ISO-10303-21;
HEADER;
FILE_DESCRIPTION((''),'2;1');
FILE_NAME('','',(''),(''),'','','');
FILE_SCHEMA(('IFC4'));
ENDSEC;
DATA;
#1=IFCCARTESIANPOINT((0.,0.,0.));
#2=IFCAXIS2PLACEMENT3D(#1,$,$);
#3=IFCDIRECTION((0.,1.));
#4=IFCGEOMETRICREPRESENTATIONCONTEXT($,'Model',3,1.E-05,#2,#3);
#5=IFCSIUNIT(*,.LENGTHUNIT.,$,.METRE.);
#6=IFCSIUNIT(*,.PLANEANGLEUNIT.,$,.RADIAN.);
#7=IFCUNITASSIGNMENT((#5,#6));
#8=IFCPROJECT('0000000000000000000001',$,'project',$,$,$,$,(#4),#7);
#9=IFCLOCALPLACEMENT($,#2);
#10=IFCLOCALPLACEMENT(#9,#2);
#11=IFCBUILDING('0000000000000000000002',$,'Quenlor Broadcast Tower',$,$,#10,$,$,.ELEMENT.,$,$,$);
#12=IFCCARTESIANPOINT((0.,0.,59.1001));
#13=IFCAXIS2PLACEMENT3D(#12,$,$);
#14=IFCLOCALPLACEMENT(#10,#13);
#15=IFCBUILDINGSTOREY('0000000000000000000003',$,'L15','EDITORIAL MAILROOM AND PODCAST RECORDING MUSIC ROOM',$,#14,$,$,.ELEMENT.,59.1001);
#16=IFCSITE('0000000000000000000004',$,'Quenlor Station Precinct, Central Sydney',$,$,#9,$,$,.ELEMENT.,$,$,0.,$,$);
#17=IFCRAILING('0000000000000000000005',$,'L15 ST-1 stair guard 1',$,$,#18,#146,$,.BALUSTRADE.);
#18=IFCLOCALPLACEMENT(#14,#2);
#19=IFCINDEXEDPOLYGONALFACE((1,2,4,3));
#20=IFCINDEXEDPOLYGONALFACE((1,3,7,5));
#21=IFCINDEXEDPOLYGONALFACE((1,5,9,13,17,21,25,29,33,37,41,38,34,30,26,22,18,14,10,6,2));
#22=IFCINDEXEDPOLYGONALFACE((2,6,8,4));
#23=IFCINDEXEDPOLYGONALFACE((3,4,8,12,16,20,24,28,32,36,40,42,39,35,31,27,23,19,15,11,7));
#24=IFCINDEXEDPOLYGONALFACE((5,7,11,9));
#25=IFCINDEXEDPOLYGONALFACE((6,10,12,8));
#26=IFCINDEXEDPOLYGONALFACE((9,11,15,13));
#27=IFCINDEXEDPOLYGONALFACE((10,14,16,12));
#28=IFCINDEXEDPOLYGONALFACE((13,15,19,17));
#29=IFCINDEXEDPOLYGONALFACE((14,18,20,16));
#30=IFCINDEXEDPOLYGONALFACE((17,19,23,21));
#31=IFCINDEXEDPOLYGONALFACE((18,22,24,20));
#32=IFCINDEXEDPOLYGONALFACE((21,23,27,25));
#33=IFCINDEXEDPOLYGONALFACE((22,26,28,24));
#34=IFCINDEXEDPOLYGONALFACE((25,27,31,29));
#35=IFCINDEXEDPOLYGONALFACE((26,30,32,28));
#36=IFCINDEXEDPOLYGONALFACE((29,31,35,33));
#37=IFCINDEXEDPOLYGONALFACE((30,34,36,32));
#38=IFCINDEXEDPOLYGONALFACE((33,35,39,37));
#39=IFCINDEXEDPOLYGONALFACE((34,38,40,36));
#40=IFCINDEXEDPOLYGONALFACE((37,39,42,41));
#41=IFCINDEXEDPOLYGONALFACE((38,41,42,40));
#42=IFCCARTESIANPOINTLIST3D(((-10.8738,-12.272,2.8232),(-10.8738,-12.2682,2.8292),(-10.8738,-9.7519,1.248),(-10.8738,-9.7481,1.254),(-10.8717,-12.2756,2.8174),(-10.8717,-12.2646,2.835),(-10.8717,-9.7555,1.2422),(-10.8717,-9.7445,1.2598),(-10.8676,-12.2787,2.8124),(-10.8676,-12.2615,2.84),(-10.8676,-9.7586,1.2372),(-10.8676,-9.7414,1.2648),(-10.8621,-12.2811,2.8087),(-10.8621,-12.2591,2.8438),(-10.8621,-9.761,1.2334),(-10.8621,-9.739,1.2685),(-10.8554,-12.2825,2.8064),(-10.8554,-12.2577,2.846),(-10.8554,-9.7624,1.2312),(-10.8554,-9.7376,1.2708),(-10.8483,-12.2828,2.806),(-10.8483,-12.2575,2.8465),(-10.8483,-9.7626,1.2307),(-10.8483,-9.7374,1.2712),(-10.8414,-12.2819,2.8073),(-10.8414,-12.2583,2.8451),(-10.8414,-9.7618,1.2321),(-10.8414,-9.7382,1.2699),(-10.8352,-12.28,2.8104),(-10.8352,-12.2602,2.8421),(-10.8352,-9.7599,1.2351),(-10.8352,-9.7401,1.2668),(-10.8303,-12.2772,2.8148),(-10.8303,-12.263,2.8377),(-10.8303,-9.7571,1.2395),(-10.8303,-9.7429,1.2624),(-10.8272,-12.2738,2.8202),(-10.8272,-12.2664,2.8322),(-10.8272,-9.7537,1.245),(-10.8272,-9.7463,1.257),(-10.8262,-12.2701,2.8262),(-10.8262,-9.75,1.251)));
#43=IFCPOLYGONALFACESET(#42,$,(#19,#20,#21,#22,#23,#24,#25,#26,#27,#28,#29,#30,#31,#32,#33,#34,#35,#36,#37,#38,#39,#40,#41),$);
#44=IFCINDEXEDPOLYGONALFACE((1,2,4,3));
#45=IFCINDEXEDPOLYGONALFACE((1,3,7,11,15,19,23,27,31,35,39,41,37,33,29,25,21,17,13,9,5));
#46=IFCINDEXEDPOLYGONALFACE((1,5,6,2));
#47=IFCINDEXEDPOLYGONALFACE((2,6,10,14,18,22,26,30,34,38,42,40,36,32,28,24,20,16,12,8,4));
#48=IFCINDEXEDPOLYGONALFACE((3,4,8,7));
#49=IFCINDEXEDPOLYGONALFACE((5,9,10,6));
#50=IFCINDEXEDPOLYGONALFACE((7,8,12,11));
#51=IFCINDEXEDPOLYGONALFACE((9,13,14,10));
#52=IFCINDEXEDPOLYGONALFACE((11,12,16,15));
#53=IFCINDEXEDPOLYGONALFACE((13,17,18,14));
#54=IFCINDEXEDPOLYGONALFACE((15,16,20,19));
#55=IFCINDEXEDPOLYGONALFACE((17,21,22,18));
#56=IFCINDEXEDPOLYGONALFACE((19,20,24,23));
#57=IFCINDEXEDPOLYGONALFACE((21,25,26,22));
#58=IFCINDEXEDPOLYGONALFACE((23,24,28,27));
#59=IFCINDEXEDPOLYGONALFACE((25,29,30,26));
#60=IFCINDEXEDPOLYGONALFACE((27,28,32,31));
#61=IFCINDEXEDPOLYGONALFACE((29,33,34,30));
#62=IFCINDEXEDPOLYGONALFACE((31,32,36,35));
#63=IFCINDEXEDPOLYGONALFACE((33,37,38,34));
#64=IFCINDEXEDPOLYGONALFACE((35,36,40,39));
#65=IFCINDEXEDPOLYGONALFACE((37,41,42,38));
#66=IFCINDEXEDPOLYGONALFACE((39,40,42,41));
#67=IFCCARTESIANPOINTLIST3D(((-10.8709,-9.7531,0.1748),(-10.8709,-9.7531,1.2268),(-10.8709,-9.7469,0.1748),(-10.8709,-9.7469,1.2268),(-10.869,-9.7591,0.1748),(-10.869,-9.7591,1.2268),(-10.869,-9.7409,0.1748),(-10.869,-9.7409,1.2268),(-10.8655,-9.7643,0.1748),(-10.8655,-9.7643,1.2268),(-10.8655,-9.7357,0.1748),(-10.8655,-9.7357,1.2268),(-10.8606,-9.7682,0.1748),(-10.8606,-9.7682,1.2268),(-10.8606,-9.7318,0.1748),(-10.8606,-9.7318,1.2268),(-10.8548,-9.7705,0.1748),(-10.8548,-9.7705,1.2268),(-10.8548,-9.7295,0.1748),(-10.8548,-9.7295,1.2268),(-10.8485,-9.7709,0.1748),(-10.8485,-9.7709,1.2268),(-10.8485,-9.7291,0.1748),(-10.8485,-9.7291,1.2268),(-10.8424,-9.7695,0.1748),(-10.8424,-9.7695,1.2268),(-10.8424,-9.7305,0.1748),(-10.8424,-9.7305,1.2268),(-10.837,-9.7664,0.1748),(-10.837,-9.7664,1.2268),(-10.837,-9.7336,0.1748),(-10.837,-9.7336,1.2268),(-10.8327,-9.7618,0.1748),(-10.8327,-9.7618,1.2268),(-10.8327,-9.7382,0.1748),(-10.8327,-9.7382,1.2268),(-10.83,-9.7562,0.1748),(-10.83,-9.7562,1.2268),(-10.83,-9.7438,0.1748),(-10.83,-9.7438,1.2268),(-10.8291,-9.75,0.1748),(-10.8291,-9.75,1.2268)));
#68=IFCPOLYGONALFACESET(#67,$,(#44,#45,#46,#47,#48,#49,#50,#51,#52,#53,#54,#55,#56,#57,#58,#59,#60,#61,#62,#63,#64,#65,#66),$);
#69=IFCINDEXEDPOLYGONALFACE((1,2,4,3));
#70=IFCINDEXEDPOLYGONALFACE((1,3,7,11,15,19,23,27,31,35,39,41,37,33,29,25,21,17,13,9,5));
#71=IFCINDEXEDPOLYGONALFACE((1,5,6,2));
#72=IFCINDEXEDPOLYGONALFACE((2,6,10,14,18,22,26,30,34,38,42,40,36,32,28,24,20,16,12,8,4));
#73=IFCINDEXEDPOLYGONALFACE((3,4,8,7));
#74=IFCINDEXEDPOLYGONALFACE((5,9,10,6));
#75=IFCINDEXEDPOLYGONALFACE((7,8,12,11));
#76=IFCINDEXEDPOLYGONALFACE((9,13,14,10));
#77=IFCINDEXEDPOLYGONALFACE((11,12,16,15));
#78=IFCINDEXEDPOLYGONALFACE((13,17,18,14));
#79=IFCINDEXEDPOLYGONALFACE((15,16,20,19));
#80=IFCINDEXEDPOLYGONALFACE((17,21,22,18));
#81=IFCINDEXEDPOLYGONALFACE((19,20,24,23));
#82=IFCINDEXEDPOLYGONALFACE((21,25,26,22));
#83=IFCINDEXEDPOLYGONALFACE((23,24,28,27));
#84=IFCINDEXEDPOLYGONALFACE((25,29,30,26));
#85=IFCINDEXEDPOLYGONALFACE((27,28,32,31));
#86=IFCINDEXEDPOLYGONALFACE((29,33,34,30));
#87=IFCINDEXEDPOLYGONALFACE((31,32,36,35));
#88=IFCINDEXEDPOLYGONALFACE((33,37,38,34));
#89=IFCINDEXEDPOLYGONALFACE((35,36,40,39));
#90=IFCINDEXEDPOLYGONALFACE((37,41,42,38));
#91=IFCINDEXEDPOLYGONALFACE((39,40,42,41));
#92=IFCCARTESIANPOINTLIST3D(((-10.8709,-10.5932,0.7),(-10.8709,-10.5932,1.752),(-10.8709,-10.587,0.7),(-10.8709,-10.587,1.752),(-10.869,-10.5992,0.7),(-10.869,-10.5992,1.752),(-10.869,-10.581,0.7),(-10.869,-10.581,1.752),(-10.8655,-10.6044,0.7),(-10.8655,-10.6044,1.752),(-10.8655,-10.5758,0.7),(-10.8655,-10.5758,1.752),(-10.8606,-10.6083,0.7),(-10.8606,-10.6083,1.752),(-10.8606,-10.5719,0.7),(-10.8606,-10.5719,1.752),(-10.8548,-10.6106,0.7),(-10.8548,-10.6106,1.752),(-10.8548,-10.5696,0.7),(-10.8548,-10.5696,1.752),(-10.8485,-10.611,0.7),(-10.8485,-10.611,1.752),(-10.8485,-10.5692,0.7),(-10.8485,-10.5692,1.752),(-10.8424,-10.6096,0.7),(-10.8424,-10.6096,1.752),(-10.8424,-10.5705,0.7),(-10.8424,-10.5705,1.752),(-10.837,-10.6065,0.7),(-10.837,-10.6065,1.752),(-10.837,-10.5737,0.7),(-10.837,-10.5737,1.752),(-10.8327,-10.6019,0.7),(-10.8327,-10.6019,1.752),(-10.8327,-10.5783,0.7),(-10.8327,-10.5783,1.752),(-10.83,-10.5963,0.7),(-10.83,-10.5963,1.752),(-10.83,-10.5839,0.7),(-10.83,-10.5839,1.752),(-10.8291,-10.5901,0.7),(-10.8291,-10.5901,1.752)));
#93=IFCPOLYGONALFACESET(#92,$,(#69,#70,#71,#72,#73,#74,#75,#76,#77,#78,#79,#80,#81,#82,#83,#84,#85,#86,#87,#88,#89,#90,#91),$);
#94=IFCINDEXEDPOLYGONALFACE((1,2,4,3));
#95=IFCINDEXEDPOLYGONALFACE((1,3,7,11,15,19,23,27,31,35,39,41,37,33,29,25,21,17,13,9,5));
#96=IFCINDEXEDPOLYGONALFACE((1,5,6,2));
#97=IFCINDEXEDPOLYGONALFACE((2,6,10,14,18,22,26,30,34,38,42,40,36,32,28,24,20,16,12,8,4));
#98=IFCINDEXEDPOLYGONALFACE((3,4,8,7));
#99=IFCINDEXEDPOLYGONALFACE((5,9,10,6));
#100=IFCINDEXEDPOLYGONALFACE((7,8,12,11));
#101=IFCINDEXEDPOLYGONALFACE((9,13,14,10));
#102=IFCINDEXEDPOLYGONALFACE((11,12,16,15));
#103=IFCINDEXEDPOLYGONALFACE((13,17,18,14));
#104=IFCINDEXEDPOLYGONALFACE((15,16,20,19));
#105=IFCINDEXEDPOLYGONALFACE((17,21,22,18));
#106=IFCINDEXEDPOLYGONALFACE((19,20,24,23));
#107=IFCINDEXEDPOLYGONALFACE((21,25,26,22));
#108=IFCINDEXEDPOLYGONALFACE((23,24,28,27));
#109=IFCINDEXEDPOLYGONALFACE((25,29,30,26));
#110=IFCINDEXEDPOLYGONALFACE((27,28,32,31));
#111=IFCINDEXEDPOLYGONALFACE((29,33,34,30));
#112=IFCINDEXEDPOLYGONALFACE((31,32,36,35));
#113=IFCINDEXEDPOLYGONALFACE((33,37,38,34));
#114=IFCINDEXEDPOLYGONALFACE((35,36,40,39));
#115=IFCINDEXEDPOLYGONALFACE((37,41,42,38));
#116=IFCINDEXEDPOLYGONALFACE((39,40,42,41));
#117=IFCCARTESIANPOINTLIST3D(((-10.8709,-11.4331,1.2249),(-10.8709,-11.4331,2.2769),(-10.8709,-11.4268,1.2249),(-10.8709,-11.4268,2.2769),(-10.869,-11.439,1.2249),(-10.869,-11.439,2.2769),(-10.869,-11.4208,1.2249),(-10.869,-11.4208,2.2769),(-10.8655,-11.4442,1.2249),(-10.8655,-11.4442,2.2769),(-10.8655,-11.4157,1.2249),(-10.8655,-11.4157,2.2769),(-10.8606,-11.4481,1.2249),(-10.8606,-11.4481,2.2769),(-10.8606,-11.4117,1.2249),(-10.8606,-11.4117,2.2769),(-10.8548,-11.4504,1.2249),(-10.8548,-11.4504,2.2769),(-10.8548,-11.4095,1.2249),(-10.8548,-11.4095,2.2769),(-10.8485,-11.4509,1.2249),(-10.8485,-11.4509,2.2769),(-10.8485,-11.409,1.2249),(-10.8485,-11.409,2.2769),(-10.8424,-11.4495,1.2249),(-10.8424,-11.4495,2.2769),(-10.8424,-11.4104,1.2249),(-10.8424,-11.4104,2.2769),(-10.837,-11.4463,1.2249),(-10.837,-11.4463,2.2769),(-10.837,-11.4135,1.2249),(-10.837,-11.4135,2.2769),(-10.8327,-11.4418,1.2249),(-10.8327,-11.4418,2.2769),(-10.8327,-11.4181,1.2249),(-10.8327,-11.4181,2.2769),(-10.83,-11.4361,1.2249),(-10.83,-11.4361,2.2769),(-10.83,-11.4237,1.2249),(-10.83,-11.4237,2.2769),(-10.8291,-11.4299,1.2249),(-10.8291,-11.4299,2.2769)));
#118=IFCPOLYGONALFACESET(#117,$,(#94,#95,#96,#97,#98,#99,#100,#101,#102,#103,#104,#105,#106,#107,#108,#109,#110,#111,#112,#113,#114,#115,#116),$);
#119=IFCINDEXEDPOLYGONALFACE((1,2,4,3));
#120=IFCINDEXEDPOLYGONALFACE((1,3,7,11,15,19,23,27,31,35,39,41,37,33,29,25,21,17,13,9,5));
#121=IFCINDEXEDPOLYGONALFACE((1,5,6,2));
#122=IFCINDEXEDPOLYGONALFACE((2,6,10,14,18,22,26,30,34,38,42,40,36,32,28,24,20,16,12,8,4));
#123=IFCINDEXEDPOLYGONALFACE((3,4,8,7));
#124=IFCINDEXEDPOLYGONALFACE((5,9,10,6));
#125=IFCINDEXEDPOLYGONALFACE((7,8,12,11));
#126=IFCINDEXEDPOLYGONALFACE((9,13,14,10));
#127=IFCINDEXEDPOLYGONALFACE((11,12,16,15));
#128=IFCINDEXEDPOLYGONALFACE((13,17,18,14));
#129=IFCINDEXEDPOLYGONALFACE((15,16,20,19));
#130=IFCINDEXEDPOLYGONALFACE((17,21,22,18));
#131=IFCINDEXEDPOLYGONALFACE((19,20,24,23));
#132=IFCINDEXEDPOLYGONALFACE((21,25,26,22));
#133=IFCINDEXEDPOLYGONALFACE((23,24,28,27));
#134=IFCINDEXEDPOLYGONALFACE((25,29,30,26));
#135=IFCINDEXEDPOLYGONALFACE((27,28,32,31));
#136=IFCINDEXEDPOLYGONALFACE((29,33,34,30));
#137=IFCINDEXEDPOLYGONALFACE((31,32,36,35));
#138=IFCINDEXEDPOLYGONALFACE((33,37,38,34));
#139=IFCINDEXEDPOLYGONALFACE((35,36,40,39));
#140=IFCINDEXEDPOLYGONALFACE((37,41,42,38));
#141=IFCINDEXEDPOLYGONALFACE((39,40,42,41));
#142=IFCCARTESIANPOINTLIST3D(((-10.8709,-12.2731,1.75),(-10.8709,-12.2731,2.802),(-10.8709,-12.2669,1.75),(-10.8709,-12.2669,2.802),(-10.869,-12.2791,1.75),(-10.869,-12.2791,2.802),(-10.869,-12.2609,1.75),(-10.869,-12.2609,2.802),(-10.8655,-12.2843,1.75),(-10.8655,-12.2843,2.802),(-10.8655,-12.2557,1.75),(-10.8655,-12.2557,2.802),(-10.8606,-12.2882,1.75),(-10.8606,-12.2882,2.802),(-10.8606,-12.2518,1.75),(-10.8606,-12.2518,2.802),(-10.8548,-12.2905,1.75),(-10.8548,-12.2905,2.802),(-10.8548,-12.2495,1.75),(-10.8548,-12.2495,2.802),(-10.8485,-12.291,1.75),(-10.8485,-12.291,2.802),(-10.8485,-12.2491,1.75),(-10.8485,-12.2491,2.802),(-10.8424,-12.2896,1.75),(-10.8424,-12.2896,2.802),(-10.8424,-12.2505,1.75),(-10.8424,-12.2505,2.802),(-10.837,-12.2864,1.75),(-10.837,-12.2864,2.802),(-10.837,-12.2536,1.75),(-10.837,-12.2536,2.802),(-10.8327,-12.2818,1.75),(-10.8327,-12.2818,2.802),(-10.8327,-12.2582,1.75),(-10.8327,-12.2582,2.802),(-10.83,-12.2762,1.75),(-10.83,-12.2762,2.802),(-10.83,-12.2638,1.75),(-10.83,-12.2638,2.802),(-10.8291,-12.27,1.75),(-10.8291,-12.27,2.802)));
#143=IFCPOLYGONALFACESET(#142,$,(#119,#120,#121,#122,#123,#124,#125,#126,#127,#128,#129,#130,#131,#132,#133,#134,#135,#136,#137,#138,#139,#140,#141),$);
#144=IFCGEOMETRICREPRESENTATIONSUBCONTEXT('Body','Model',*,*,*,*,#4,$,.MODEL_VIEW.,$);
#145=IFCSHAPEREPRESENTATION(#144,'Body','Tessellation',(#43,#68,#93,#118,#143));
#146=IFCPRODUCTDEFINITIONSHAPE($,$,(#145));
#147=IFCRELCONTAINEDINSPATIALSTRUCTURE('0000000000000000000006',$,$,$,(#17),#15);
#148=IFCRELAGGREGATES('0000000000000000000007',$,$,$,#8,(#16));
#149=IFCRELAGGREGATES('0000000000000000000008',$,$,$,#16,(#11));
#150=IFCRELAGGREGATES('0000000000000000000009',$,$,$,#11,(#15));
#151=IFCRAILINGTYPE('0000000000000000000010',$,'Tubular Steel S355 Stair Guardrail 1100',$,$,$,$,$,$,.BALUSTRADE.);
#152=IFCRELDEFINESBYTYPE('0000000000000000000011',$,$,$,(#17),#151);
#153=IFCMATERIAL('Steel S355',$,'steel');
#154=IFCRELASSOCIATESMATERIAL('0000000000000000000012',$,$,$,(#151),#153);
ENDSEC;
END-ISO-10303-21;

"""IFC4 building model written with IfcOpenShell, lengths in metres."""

from ifc_helpers import new_model, si_unit, direction, frame, origin, origin_2d, place, context, subcontext, project, spatial, circle, extrude, material, type_object, element, save


model = new_model("IFC4")

# Units and contexts
model_context = context("Model", 3, precision=1e-05, world=origin(), true_north=direction((0.0, 1.0)))
body_context = subcontext(model_context, "Body", "Model", "MODEL_VIEW")
ifc_project = project(units=[si_unit("LENGTHUNIT", "METRE"), si_unit("PLANEANGLEUNIT", "RADIAN")], contexts=[model_context])

# Site, building, storey
site_placement = place(None, origin())
site = spatial("IfcSite", under=ifc_project, at=site_placement, Name="Quenlor Station Precinct, Central Sydney", CompositionType="ELEMENT", RefElevation=0.0)
building_placement = place(site_placement, origin())
building = spatial("IfcBuilding", under=site, at=building_placement, Name="Quenlor Broadcast Tower", CompositionType="ELEMENT")
storey_placement = place(building_placement, frame((0.0, 0.0, 59.1001)))
storey = spatial("IfcBuildingStorey", under=building, at=storey_placement, Name="L15", Description="EDITORIAL MAILROOM AND PODCAST RECORDING MUSIC ROOM", CompositionType="ELEMENT", Elevation=59.1001)

# Railing
ifc_material_1 = material(Name="Steel S355", Category="steel")
railing_type_1 = type_object("IfcRailingType", Name="Tubular Steel S355 Stair Guardrail 1100", PredefinedType="BALUSTRADE", material=ifc_material_1)
railing_1_placement = place(storey_placement, frame((-10.8501, -9.75, 0.1748)))
element("IfcRailing", 1, at=railing_1_placement, inside=storey, type_object=railing_type_1, Name="L15 ST-1 stair guard 1", PredefinedType="BALUSTRADE", context=body_context, shape_type="SweptSolid", body=[
    extrude(circle(Radius=0.0239, at=origin_2d()), frame((0.0, 0.0, 1.0762), z_axis=(0.0, -0.847971, 0.530043), x_axis=(1.0, 0.0, 0.0)), (0.0, 0.0, 1.0), 2.9719),
    extrude(circle(Radius=0.021, at=origin_2d()), origin(), (0.0, 0.0, 1.0), 1.052),
    extrude(circle(Radius=0.021, at=origin_2d()), frame((0.0, -0.8401, 0.5251)), (0.0, 0.0, 1.0), 1.052),
    extrude(circle(Radius=0.021, at=origin_2d()), frame((0.0, -1.6799, 1.05)), (0.0, 0.0, 1.0), 1.052),
    extrude(circle(Radius=0.021, at=origin_2d()), frame((0.0, -2.52, 1.5752)), (0.0, 0.0, 1.0), 1.052),
])

save(model, "model.ifc")
